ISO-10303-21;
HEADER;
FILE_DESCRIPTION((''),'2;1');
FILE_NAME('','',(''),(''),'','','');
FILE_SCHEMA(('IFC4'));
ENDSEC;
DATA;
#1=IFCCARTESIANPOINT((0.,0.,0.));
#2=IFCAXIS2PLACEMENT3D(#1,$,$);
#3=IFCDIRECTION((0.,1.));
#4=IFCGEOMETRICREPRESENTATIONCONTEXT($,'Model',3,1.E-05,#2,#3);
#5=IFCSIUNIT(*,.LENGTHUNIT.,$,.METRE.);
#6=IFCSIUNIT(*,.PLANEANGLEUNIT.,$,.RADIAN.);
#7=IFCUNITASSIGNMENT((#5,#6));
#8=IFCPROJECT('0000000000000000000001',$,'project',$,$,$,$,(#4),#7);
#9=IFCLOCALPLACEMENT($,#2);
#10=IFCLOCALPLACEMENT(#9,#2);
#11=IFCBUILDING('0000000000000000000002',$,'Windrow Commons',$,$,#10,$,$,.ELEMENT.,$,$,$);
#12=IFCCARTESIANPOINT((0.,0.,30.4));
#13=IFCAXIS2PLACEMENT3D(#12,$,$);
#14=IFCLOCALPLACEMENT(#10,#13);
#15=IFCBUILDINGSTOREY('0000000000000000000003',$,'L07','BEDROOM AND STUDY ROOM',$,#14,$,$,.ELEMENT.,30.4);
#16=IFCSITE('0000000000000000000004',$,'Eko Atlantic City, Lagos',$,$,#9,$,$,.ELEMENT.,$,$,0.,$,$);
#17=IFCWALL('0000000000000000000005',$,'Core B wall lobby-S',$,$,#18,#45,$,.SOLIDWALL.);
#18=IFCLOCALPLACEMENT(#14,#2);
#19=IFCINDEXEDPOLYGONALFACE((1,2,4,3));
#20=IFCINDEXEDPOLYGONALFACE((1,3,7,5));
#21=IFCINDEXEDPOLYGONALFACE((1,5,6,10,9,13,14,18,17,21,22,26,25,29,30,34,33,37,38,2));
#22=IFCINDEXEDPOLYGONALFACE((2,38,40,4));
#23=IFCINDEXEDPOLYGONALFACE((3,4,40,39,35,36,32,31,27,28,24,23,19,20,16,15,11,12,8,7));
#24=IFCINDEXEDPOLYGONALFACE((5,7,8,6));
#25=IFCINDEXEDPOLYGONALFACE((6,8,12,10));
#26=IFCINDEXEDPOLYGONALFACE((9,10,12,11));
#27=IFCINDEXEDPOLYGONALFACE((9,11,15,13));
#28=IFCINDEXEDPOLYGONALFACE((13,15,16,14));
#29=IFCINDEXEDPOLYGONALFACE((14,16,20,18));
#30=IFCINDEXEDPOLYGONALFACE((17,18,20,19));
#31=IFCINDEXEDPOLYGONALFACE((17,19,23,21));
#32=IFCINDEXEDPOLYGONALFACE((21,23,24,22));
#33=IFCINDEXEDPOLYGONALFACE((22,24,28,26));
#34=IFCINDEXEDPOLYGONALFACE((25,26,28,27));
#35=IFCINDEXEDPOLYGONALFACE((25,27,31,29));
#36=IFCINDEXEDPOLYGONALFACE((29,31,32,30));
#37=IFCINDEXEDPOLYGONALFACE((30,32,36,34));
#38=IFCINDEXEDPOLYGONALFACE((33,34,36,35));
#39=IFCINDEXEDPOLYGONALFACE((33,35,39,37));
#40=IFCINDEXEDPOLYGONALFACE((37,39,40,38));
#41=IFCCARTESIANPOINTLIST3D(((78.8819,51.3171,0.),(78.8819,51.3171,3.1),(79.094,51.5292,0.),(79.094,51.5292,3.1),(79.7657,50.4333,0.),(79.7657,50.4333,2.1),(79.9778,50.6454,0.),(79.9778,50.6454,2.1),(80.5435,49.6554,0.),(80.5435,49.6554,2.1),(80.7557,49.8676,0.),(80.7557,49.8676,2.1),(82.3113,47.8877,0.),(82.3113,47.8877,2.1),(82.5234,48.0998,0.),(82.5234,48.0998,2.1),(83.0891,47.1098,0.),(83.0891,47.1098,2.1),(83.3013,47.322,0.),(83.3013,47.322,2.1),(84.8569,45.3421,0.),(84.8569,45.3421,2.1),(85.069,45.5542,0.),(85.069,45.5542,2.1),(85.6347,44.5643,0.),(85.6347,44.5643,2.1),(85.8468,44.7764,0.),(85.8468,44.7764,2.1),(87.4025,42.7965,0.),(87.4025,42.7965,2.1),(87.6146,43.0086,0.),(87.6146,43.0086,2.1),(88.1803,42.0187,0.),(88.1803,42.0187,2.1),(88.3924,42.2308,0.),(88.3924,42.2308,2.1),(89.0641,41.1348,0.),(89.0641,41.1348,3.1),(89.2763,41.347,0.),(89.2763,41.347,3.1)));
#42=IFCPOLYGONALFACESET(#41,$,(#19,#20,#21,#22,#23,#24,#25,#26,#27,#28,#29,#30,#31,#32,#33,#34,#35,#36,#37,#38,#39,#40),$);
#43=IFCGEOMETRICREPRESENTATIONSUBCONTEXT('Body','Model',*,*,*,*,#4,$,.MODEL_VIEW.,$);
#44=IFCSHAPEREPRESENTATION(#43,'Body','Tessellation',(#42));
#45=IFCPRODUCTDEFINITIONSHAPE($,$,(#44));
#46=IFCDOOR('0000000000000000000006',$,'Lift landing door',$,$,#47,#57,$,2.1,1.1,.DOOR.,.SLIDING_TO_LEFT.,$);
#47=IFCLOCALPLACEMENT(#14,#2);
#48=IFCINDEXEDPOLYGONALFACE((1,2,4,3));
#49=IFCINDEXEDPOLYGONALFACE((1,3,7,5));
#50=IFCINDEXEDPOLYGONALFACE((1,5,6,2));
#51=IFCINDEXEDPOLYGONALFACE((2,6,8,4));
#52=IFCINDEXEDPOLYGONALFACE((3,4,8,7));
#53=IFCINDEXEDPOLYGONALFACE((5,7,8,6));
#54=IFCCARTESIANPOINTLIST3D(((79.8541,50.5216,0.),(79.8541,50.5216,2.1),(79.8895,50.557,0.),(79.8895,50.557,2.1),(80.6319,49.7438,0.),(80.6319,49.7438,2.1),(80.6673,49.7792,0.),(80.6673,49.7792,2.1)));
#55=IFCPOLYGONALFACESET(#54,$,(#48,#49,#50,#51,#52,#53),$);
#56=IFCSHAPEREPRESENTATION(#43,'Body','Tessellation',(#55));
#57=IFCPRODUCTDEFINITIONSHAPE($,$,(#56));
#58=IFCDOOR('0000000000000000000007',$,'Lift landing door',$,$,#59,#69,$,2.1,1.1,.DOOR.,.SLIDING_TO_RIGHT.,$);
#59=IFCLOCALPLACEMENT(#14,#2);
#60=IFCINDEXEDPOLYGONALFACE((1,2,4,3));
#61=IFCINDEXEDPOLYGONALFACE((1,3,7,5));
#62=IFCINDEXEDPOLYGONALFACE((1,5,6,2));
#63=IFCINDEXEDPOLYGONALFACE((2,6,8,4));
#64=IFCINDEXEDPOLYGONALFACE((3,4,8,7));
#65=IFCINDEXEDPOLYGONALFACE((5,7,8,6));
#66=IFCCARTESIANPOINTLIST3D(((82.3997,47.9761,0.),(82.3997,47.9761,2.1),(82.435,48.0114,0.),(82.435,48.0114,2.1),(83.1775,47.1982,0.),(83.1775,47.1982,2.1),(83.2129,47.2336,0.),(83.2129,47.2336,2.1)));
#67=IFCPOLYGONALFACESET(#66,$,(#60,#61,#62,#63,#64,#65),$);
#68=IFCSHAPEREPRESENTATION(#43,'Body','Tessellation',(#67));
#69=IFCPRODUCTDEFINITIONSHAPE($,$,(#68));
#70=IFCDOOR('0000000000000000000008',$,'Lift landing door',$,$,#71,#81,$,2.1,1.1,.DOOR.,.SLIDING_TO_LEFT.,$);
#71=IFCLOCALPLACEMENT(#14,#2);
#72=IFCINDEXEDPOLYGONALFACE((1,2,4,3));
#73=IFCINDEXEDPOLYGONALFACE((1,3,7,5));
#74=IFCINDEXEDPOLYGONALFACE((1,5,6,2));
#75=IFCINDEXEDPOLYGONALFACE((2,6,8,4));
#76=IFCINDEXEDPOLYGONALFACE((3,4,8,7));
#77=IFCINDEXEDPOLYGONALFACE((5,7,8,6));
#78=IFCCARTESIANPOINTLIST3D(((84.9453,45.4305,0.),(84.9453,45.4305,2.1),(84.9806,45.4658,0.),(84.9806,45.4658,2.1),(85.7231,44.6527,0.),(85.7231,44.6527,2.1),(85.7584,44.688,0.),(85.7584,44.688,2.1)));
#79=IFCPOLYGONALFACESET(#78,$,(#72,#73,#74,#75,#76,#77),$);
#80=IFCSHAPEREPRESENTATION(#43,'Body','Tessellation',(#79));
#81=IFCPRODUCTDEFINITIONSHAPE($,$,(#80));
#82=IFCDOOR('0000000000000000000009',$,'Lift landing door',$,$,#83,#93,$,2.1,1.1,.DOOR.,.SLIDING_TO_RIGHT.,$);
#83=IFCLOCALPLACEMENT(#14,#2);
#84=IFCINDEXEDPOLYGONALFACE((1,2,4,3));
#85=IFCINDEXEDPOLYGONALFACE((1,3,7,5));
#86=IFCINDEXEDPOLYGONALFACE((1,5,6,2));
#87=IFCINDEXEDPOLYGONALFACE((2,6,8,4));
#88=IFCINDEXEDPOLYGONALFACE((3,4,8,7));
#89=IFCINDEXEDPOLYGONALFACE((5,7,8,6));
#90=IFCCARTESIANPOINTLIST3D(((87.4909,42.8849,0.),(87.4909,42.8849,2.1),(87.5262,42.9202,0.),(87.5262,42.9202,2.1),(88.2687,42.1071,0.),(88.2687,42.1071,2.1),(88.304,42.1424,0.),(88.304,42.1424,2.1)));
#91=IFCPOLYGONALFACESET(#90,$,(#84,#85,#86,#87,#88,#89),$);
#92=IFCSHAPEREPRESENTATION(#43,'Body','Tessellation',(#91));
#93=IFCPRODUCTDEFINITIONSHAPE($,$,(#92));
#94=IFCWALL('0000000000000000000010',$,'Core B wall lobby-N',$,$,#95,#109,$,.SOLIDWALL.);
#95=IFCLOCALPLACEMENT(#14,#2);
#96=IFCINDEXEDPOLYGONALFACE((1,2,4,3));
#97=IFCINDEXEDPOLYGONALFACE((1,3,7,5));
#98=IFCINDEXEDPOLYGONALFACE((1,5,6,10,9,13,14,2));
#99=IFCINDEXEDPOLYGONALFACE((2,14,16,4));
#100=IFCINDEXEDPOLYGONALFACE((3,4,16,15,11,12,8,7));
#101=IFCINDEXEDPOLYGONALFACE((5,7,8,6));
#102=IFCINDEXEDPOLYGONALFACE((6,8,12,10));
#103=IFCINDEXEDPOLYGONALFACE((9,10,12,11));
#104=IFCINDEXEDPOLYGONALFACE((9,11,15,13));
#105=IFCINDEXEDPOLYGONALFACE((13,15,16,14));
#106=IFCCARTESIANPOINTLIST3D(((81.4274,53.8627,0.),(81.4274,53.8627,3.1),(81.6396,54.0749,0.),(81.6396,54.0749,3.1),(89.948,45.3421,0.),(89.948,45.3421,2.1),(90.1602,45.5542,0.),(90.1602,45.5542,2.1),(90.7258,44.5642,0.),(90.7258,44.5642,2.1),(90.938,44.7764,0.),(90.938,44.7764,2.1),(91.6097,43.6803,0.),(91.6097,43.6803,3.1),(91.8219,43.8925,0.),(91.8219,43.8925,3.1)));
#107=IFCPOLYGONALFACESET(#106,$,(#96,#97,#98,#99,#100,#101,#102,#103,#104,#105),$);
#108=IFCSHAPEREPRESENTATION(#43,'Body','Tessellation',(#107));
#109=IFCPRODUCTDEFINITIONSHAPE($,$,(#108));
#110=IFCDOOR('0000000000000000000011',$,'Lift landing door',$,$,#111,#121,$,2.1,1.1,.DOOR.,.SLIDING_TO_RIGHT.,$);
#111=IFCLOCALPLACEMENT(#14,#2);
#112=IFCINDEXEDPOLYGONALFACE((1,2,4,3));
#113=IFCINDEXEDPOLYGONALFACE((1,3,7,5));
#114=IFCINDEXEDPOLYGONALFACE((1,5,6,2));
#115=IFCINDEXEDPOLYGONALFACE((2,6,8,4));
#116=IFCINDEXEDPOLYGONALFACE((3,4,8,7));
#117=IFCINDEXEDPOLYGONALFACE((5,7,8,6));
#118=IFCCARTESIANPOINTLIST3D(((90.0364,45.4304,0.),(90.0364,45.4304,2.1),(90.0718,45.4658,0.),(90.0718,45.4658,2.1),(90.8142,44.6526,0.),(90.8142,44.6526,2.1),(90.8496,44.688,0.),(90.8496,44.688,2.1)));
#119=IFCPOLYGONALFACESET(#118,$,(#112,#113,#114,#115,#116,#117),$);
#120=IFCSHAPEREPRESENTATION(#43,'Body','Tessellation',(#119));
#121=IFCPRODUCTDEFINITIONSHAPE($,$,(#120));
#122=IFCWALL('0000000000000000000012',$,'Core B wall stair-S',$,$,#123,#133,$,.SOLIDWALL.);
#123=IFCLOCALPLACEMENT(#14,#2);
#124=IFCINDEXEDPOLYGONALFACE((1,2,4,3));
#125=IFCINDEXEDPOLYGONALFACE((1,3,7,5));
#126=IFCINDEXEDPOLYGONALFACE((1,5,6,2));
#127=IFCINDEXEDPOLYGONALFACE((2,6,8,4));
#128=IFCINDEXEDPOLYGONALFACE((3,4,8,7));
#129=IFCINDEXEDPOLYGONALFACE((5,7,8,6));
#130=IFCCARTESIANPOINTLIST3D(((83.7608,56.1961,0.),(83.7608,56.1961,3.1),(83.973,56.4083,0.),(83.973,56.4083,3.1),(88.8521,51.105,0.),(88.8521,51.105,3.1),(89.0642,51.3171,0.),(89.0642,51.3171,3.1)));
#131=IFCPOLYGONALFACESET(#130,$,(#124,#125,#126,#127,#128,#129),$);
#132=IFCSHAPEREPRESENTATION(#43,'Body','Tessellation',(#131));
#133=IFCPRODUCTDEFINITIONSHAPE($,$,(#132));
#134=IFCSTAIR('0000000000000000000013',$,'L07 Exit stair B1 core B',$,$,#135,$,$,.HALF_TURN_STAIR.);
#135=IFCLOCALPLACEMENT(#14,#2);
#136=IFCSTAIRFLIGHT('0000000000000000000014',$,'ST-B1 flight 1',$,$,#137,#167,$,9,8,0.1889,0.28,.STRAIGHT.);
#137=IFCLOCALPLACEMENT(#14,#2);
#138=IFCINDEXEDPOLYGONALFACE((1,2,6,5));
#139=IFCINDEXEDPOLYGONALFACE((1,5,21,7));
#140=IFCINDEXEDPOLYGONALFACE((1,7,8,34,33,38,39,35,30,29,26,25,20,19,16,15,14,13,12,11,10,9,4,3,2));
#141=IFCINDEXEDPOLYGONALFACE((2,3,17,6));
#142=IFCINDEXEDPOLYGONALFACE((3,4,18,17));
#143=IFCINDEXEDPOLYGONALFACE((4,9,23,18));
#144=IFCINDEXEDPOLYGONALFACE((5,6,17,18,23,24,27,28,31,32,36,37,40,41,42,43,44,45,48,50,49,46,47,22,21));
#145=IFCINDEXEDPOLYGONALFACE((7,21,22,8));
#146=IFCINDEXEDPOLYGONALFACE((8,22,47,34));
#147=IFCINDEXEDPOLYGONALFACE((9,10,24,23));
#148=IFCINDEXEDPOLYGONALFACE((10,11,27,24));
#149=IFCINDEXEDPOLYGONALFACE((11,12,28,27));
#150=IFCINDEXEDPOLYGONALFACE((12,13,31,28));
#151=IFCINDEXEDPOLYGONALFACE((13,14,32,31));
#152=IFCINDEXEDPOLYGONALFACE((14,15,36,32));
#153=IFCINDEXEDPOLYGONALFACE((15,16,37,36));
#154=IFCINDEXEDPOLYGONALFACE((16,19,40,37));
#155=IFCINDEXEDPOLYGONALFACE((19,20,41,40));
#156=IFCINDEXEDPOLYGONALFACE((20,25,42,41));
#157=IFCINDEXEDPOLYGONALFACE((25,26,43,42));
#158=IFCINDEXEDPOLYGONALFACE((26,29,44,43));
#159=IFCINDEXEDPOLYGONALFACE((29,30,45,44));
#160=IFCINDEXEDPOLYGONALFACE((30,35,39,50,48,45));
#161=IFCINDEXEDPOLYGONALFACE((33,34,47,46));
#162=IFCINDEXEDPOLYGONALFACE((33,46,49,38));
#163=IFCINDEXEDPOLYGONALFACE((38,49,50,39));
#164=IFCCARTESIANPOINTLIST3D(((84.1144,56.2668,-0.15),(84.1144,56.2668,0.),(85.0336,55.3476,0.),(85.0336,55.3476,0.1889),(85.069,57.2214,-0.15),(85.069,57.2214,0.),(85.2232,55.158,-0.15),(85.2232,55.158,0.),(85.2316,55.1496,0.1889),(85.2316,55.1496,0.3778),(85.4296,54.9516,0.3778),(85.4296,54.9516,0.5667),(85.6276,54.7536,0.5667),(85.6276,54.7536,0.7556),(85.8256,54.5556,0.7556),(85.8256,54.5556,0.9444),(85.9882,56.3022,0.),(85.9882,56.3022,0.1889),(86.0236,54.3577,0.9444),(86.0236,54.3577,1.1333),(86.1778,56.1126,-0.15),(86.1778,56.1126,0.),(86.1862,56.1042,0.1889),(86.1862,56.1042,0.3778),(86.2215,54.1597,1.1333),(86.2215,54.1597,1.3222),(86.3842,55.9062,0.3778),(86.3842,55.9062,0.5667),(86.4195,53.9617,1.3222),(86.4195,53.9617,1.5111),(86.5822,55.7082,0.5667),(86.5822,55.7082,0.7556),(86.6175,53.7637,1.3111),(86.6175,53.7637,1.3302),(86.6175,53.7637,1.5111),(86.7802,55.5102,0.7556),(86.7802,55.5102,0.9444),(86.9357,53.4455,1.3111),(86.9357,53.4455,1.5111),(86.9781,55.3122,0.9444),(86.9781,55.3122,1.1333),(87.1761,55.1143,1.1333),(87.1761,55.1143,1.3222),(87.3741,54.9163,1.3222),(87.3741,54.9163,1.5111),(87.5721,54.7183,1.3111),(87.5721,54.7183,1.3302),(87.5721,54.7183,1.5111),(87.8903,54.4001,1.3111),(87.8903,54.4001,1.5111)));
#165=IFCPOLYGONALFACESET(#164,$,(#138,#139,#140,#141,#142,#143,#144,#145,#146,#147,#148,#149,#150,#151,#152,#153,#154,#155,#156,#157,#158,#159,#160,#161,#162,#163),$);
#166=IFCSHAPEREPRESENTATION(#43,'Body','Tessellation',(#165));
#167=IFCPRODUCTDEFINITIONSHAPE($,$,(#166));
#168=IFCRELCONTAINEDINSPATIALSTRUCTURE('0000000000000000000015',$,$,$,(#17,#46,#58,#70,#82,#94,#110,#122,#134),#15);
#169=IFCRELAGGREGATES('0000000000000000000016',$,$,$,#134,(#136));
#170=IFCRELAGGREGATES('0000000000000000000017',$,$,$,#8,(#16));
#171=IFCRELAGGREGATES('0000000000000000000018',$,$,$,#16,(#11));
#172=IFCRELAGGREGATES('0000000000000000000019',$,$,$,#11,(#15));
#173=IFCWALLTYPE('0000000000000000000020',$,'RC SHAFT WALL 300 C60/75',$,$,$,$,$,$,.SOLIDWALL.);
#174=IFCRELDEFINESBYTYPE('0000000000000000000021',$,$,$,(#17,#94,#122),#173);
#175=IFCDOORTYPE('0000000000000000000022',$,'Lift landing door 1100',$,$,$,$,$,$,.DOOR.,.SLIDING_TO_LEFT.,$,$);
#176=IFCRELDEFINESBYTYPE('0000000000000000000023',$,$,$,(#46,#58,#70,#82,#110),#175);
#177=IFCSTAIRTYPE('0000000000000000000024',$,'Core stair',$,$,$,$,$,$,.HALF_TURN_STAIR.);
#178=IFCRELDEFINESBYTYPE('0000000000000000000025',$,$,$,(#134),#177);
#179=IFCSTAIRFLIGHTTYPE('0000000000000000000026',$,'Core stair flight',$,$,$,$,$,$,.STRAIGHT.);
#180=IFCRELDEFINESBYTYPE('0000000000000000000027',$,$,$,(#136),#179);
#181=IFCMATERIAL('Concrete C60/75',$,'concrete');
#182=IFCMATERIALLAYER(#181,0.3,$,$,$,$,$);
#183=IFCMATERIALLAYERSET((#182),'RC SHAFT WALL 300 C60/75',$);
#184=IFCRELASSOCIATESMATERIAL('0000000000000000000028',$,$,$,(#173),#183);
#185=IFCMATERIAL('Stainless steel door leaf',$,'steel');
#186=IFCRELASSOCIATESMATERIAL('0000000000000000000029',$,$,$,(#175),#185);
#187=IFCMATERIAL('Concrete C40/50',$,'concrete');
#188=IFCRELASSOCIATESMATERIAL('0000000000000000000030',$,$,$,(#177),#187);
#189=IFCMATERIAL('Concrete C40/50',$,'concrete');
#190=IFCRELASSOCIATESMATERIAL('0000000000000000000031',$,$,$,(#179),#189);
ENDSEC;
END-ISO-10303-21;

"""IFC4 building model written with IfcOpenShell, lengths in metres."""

from ifc_helpers import new_model, si_unit, direction, frame, frame_2d, origin, place, context, subcontext, project, spatial, polyline, rectangle, outline, extrude, material, layer, layer_set, type_object, element, fill, aggregate, save


model = new_model("IFC4")

# Units and contexts
model_context = context("Model", 3, precision=1e-05, world=origin(), true_north=direction((0.0, 1.0)))
body_context = subcontext(model_context, "Body", "Model", "MODEL_VIEW")
ifc_project = project(units=[si_unit("LENGTHUNIT", "METRE"), si_unit("PLANEANGLEUNIT", "RADIAN")], contexts=[model_context])

# Site, building, storey
site_placement = place(None, origin())
site = spatial("IfcSite", under=ifc_project, at=site_placement, Name="Eko Atlantic City, Lagos", CompositionType="ELEMENT", RefElevation=0.0)
building_placement = place(site_placement, origin())
building = spatial("IfcBuilding", under=site, at=building_placement, Name="Windrow Commons", CompositionType="ELEMENT")
storey_placement = place(building_placement, frame((0.0, 0.0, 30.4)))
storey = spatial("IfcBuildingStorey", under=building, at=storey_placement, Name="L07", Description="BEDROOM AND STUDY ROOM", CompositionType="ELEMENT", Elevation=30.4)

# Shared definitions
ifc_material_1 = material(Name="Concrete C60/75", Category="concrete")
ifc_layer_1 = layer(ifc_material_1, 0.3)
ifc_layer_set_1 = layer_set([ifc_layer_1], Name="RC SHAFT WALL 300 C60/75")
wall_type_1 = type_object("IfcWallType", Name="RC SHAFT WALL 300 C60/75", PredefinedType="SOLIDWALL", material=ifc_layer_set_1)

# Wall, openings, doors
wall_1_placement = place(storey_placement, frame((78.9879, 51.4232, 0.0), z_axis=(0.0, 0.0, 1.0), x_axis=(0.707107, -0.707107, 0.0)))
wall_1 = element("IfcWall", 1, at=wall_1_placement, inside=storey, type_object=wall_type_1, Name="Core B wall lobby-S", PredefinedType="SOLIDWALL", context=body_context, shape_type="SweptSolid", body=[
    extrude(rectangle(XDim=14.3999, YDim=0.3, at=frame_2d((7.2, 0.0))), origin(), (0.0, 0.0, 1.0), 3.1),
])
opening_1_placement = place(wall_1_placement, frame((1.25, 0.0, 0.0)))
opening_1 = element("IfcOpeningElement", 2, at=opening_1_placement, cuts=wall_1, PredefinedType="OPENING", context=body_context, shape_type="SweptSolid", body=[
    extrude(rectangle(XDim=1.1, YDim=2.1, at=frame_2d((0.55, 1.05))), frame((0.0, 0.16, 0.0), z_axis=(0.0, -1.0, 0.0), x_axis=(1.0, 0.0, 0.0)), (0.0, 0.0, 1.0), 0.32),
])
opening_2_placement = place(wall_1_placement, frame((4.85, 0.0, 0.0)))
opening_2 = element("IfcOpeningElement", 3, at=opening_2_placement, cuts=wall_1, PredefinedType="OPENING", context=body_context, shape_type="SweptSolid", body=[
    extrude(rectangle(XDim=1.1, YDim=2.1, at=frame_2d((0.55, 1.05))), frame((0.0, 0.16, 0.0), z_axis=(0.0, -1.0, 0.0), x_axis=(1.0, 0.0, 0.0)), (0.0, 0.0, 1.0), 0.32),
])
opening_3_placement = place(wall_1_placement, frame((8.45, 0.0, 0.0)))
opening_3 = element("IfcOpeningElement", 4, at=opening_3_placement, cuts=wall_1, PredefinedType="OPENING", context=body_context, shape_type="SweptSolid", body=[
    extrude(rectangle(XDim=1.1, YDim=2.1, at=frame_2d((0.55, 1.05))), frame((0.0, 0.16, 0.0), z_axis=(0.0, -1.0, 0.0), x_axis=(1.0, 0.0, 0.0)), (0.0, 0.0, 1.0), 0.32),
])
opening_4_placement = place(wall_1_placement, frame((12.05, 0.0, 0.0)))
opening_4 = element("IfcOpeningElement", 5, at=opening_4_placement, cuts=wall_1, PredefinedType="OPENING", context=body_context, shape_type="SweptSolid", body=[
    extrude(rectangle(XDim=1.1, YDim=2.1, at=frame_2d((0.55, 1.05))), frame((0.0, 0.16, 0.0), z_axis=(0.0, -1.0, 0.0), x_axis=(1.0, 0.0, 0.0)), (0.0, 0.0, 1.0), 0.32),
])
ifc_material_2 = material(Name="Stainless steel door leaf", Category="steel")
door_type_1 = type_object("IfcDoorType", Name="Lift landing door 1100", OperationType="SLIDING_TO_LEFT", PredefinedType="DOOR", material=ifc_material_2)
door_1_placement = place(opening_1_placement, origin())
door_1 = element("IfcDoor", 6, at=door_1_placement, inside=storey, type_object=door_type_1, Name="Lift landing door", OperationType="SLIDING_TO_LEFT", OverallHeight=2.1, OverallWidth=1.1, PredefinedType="DOOR", context=body_context, shape_type="SweptSolid", body=[
    extrude(rectangle(XDim=1.1, YDim=2.1, at=frame_2d((0.55, 1.05))), frame((0.0, 0.025, 0.0), z_axis=(0.0, -1.0, 0.0), x_axis=(1.0, 0.0, 0.0)), (0.0, 0.0, 1.0), 0.05),
])
fill(opening_1, door_1)
door_2_placement = place(opening_2_placement, origin())
door_2 = element("IfcDoor", 7, at=door_2_placement, inside=storey, type_object=door_type_1, Name="Lift landing door", OperationType="SLIDING_TO_RIGHT", OverallHeight=2.1, OverallWidth=1.1, PredefinedType="DOOR", context=body_context, shape_type="SweptSolid", body=[
    extrude(rectangle(XDim=1.1, YDim=2.1, at=frame_2d((0.55, 1.05))), frame((0.0, 0.025, 0.0), z_axis=(0.0, -1.0, 0.0), x_axis=(1.0, 0.0, 0.0)), (0.0, 0.0, 1.0), 0.05),
])
fill(opening_2, door_2)
door_3_placement = place(opening_3_placement, origin())
door_3 = element("IfcDoor", 8, at=door_3_placement, inside=storey, type_object=door_type_1, Name="Lift landing door", OperationType="SLIDING_TO_LEFT", OverallHeight=2.1, OverallWidth=1.1, PredefinedType="DOOR", context=body_context, shape_type="SweptSolid", body=[
    extrude(rectangle(XDim=1.1, YDim=2.1, at=frame_2d((0.55, 1.05))), frame((0.0, 0.025, 0.0), z_axis=(0.0, -1.0, 0.0), x_axis=(1.0, 0.0, 0.0)), (0.0, 0.0, 1.0), 0.05),
])
fill(opening_3, door_3)
door_4_placement = place(opening_4_placement, origin())
door_4 = element("IfcDoor", 9, at=door_4_placement, inside=storey, type_object=door_type_1, Name="Lift landing door", OperationType="SLIDING_TO_RIGHT", OverallHeight=2.1, OverallWidth=1.1, PredefinedType="DOOR", context=body_context, shape_type="SweptSolid", body=[
    extrude(rectangle(XDim=1.1, YDim=2.1, at=frame_2d((0.55, 1.05))), frame((0.0, 0.025, 0.0), z_axis=(0.0, -1.0, 0.0), x_axis=(1.0, 0.0, 0.0)), (0.0, 0.0, 1.0), 0.05),
])
fill(opening_4, door_4)

# Wall, opening, door
wall_2_placement = place(storey_placement, frame((81.5335, 53.9688, 0.0), z_axis=(0.0, 0.0, 1.0), x_axis=(0.707103, -0.70711, 0.0)))
wall_2 = element("IfcWall", 10, at=wall_2_placement, inside=storey, type_object=wall_type_1, Name="Core B wall lobby-N", PredefinedType="SOLIDWALL", context=body_context, shape_type="SweptSolid", body=[
    extrude(rectangle(XDim=14.4, YDim=0.3, at=frame_2d((7.2, 0.0))), origin(), (0.0, 0.0, 1.0), 3.1),
])
opening_5_placement = place(wall_2_placement, frame((12.05, 0.0, 0.0)))
opening_5 = element("IfcOpeningElement", 11, at=opening_5_placement, cuts=wall_2, PredefinedType="OPENING", context=body_context, shape_type="SweptSolid", body=[
    extrude(rectangle(XDim=1.1, YDim=2.1, at=frame_2d((0.55, 1.05))), frame((0.0, 0.16, 0.0), z_axis=(0.0, -1.0, 0.0), x_axis=(1.0, 0.0, 0.0)), (0.0, 0.0, 1.0), 0.32),
])
door_5_placement = place(opening_5_placement, origin())
door_5 = element("IfcDoor", 12, at=door_5_placement, inside=storey, type_object=door_type_1, Name="Lift landing door", OperationType="SLIDING_TO_RIGHT", OverallHeight=2.1, OverallWidth=1.1, PredefinedType="DOOR", context=body_context, shape_type="SweptSolid", body=[
    extrude(rectangle(XDim=1.1, YDim=2.1, at=frame_2d((0.55, 1.05))), frame((0.0, 0.025, 0.0), z_axis=(0.0, -1.0, 0.0), x_axis=(1.0, 0.0, 0.0)), (0.0, 0.0, 1.0), 0.05),
])
fill(opening_5, door_5)

# Wall
wall_3_placement = place(storey_placement, frame((83.8669, 56.3022, 0.0), z_axis=(0.0, 0.0, 1.0), x_axis=(0.707114, -0.7071, 0.0)))
element("IfcWall", 13, at=wall_3_placement, inside=storey, type_object=wall_type_1, Name="Core B wall stair-S", PredefinedType="SOLIDWALL", context=body_context, shape_type="SweptSolid", body=[
    extrude(rectangle(XDim=7.2, YDim=0.3, at=frame_2d((3.6, 0.0))), origin(), (0.0, 0.0, 1.0), 3.1),
])

# Stair, stair flight
ifc_material_3 = material(Name="Concrete C40/50", Category="concrete")
stair_type = type_object("IfcStairType", Name="Core stair", PredefinedType="HALF_TURN_STAIR", material=ifc_material_3)
stair_placement = place(storey_placement, origin())
stair = element("IfcStair", 14, at=stair_placement, inside=storey, type_object=stair_type, Name="L07 Exit stair B1 core B", PredefinedType="HALF_TURN_STAIR")
ifc_material_4 = material(Name="Concrete C40/50", Category="concrete")
stair_flight_type = type_object("IfcStairFlightType", Name="Core stair flight", PredefinedType="STRAIGHT", material=ifc_material_4)
stair_flight_placement = place(storey_placement, frame((85.5109, 55.8249, 0.0), z_axis=(0.0, 0.0, 1.0), x_axis=(0.707107, -0.707107, 0.0)))
stair_flight = element("IfcStairFlight", 15, at=stair_flight_placement, type_object=stair_flight_type, Name="ST-B1 flight 1", NumberOfRisers=9, NumberOfTreads=8, PredefinedType="STRAIGHT", RiserHeight=0.1889, TreadLength=0.28, context=body_context, shape_type="SweptSolid", body=[
    extrude(outline(polyline([(-1.3, -0.15), (-1.3, 0.0), (0.0, 0.0), (0.0, 0.1889), (0.28, 0.1889), (0.28, 0.3778), (0.56, 0.3778), (0.56, 0.5667), (0.84, 0.5667), (0.84, 0.7556), (1.12, 0.7556), (1.12, 0.9444), (1.4, 0.9444), (1.4, 1.1333), (1.68, 1.1333), (1.68, 1.3222), (1.96, 1.3222), (1.96, 1.5111), (2.24, 1.5111), (2.69, 1.5111), (2.69, 1.3111), (2.24, 1.3111), (2.24, 1.3302), (0.2682, 0.0), (0.2682, -0.15), (-1.3, -0.15)])), frame((0.0, 0.675, 0.0), z_axis=(0.0, -1.0, 0.0), x_axis=(1.0, 0.0, 0.0)), (0.0, 0.0, 1.0), 1.35),
])
aggregate(stair, [stair_flight])

save(model, "model.ifc")
